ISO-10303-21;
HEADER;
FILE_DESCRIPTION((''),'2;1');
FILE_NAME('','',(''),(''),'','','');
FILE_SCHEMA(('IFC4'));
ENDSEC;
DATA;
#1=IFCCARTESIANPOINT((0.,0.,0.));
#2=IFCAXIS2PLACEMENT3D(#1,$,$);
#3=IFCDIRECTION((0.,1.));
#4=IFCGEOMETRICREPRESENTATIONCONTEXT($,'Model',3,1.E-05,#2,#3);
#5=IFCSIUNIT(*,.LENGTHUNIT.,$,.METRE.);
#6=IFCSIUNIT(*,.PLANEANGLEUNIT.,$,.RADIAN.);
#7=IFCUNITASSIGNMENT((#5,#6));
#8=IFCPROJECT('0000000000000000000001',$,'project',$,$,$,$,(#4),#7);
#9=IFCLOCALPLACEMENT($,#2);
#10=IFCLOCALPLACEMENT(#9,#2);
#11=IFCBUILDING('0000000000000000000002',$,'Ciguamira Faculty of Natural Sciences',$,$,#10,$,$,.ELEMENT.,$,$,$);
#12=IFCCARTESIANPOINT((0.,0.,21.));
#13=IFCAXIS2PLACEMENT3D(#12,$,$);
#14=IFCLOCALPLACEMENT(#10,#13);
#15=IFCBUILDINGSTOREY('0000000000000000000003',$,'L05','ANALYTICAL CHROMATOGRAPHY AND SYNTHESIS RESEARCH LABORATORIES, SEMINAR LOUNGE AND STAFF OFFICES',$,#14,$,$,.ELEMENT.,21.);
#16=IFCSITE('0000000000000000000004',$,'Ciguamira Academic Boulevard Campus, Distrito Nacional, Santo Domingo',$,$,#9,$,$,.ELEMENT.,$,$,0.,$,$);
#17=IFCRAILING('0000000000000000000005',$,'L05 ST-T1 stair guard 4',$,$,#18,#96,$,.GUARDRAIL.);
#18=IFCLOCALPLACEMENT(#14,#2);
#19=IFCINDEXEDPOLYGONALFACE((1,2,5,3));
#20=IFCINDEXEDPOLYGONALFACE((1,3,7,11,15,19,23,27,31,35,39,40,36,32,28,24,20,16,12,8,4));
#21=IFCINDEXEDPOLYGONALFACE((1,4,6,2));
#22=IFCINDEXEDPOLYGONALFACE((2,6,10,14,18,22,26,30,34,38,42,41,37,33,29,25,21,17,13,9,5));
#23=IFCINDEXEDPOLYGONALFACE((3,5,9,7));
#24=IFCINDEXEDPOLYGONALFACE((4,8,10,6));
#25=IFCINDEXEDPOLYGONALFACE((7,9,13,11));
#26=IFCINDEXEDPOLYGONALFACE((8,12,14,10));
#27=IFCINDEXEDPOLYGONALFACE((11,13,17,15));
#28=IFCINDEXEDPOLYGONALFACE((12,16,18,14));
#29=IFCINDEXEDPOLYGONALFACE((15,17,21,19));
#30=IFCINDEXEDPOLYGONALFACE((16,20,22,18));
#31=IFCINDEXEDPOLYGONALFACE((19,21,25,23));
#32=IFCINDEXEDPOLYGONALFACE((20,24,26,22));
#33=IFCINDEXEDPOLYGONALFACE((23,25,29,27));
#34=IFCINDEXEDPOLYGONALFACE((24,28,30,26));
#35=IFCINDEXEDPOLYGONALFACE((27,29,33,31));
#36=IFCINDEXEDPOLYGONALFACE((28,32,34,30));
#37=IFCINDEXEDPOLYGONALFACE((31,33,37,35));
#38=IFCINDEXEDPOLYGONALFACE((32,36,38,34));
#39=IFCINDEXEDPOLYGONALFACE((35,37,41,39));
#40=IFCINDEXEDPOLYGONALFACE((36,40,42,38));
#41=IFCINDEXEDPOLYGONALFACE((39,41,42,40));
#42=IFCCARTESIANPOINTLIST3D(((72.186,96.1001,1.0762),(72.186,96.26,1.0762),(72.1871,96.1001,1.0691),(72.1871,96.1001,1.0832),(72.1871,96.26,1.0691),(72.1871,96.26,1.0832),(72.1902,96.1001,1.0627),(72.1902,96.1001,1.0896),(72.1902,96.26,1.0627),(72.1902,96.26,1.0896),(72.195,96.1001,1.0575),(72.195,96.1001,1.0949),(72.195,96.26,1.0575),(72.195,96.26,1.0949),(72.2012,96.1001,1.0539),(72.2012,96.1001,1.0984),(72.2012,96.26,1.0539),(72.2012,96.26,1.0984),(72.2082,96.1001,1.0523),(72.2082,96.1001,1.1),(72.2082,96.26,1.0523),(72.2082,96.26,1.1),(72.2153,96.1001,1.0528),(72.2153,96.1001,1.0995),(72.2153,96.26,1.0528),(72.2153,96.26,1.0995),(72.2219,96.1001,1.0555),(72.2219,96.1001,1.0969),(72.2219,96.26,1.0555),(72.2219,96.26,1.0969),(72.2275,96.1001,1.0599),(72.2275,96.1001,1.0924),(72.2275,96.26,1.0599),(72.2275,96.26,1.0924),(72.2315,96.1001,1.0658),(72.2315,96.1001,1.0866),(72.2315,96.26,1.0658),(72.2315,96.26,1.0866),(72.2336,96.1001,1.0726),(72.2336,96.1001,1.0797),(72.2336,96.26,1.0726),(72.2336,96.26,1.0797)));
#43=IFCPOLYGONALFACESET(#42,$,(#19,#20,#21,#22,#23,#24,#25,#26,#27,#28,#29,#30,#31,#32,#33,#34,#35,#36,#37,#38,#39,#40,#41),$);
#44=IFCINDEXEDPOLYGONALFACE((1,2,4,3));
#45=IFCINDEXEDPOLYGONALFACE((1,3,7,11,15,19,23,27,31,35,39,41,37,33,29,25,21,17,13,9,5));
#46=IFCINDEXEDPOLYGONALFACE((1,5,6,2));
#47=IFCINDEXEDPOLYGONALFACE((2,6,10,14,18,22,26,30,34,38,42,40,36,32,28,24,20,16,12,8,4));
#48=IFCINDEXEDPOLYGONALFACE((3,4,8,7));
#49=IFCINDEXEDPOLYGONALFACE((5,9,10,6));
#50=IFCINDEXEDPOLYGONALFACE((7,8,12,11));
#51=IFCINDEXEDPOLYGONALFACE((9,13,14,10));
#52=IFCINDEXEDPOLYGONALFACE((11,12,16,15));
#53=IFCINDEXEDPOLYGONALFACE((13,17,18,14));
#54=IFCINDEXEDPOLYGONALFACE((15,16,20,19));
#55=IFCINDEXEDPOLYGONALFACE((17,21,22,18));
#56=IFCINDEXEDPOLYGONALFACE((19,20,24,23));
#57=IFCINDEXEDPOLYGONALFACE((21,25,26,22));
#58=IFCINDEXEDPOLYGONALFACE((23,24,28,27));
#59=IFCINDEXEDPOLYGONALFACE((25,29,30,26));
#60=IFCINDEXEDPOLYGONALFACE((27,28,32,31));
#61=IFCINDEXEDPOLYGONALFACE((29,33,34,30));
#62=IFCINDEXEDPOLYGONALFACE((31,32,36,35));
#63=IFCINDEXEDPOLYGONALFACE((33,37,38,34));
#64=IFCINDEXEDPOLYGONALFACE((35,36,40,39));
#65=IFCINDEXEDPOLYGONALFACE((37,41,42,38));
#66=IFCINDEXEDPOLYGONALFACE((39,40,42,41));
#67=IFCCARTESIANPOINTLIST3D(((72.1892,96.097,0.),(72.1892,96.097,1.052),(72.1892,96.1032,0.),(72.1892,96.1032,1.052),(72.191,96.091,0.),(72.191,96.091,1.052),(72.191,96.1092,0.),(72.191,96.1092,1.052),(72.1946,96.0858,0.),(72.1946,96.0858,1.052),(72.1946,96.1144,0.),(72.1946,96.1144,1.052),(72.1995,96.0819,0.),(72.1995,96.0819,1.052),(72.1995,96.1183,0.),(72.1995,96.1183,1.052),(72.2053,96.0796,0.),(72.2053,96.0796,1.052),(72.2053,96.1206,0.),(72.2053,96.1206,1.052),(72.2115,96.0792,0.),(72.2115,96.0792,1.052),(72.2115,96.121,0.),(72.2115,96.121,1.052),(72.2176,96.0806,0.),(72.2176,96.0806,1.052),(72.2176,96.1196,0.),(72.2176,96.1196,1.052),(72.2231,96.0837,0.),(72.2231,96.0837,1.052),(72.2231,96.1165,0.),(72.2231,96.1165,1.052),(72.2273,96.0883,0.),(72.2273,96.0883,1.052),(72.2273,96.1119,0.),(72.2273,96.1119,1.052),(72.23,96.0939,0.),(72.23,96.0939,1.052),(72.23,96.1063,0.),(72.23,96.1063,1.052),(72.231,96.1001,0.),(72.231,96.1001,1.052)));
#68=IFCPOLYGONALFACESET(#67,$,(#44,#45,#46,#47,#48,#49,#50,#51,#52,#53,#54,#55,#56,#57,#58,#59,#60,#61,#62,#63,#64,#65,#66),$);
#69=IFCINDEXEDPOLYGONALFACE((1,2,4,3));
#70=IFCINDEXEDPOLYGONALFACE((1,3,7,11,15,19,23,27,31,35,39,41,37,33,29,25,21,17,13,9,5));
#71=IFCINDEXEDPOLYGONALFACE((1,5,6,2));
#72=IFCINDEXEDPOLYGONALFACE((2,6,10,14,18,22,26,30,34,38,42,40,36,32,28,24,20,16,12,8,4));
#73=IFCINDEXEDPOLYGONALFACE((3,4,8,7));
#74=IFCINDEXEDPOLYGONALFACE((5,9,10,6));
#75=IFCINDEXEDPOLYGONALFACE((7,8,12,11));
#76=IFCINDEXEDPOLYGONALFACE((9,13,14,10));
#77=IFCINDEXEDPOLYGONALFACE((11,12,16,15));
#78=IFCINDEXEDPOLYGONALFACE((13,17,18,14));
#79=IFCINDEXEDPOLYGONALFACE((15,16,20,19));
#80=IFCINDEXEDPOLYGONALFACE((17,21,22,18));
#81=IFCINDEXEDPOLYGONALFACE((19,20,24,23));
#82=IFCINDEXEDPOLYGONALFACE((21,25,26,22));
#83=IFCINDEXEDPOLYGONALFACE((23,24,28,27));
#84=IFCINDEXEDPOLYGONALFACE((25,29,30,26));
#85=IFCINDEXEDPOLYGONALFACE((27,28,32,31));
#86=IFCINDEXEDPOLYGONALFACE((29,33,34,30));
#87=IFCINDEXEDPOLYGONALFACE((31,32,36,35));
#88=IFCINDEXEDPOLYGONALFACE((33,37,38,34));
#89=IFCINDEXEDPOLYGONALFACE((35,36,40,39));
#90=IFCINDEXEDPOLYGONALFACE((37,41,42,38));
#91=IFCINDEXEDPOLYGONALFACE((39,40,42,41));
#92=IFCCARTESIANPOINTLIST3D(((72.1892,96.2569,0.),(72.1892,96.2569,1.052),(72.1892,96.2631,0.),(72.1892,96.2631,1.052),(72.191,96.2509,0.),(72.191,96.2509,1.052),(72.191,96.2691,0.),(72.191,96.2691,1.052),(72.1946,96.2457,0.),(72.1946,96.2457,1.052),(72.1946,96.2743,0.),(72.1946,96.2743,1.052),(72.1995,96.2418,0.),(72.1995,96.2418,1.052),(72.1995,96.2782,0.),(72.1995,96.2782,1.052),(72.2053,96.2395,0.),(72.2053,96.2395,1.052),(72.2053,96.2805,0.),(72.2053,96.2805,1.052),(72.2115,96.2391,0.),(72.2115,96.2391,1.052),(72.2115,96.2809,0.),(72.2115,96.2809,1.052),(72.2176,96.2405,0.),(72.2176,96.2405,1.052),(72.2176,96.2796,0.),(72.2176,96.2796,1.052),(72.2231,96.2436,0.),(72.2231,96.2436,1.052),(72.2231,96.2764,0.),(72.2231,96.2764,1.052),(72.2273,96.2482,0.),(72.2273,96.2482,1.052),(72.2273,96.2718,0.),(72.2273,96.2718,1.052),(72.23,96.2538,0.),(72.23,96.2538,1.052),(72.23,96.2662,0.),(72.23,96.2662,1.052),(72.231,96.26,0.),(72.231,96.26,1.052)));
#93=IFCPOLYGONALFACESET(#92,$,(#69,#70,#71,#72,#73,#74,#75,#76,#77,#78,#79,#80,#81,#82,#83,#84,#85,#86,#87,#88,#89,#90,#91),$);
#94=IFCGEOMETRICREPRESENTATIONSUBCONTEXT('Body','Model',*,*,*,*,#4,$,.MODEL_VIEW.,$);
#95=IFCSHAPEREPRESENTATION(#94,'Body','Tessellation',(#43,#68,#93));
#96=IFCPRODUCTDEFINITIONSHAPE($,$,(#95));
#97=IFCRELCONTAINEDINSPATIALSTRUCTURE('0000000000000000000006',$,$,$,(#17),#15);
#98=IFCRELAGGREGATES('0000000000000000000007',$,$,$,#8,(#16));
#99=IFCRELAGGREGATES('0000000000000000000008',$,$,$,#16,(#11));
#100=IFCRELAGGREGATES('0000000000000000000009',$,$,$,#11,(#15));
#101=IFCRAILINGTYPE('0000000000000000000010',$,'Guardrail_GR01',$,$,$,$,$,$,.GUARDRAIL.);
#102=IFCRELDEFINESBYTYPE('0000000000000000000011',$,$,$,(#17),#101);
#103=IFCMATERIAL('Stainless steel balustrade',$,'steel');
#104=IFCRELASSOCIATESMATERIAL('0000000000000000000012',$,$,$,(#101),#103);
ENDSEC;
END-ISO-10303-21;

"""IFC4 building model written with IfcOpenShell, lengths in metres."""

from ifc_helpers import new_model, si_unit, direction, frame, origin, origin_2d, place, context, subcontext, project, spatial, circle, extrude, material, type_object, element, save


model = new_model("IFC4")

# Units and contexts
model_context = context("Model", 3, precision=1e-05, world=origin(), true_north=direction((0.0, 1.0)))
body_context = subcontext(model_context, "Body", "Model", "MODEL_VIEW")
ifc_project = project(units=[si_unit("LENGTHUNIT", "METRE"), si_unit("PLANEANGLEUNIT", "RADIAN")], contexts=[model_context])

# Site, building, storey
site_placement = place(None, origin())
site = spatial("IfcSite", under=ifc_project, at=site_placement, Name="Ciguamira Academic Boulevard Campus, Distrito Nacional, Santo Domingo", CompositionType="ELEMENT", RefElevation=0.0)
building_placement = place(site_placement, origin())
building = spatial("IfcBuilding", under=site, at=building_placement, Name="Ciguamira Faculty of Natural Sciences", CompositionType="ELEMENT")
storey_placement = place(building_placement, frame((0.0, 0.0, 21.0)))
storey = spatial("IfcBuildingStorey", under=building, at=storey_placement, Name="L05", Description="ANALYTICAL CHROMATOGRAPHY AND SYNTHESIS RESEARCH LABORATORIES, SEMINAR LOUNGE AND STAFF OFFICES", CompositionType="ELEMENT", Elevation=21.0)

# Railing
ifc_material_1 = material(Name="Stainless steel balustrade", Category="steel")
railing_type_1 = type_object("IfcRailingType", Name="Guardrail_GR01", PredefinedType="GUARDRAIL", material=ifc_material_1)
railing_1_placement = place(storey_placement, frame((72.21, 96.1001, 0.0)))
element("IfcRailing", 1, at=railing_1_placement, inside=storey, type_object=railing_type_1, Name="L05 ST-T1 stair guard 4", PredefinedType="GUARDRAIL", context=body_context, shape_type="SweptSolid", body=[
    extrude(circle(Radius=0.0239, at=origin_2d()), frame((0.0, 0.0, 1.0762), z_axis=(0.0, 1.0, 0.0), x_axis=(-1.0, 0.0, 0.0)), (0.0, 0.0, 1.0), 0.1599),
    extrude(circle(Radius=0.021, at=origin_2d()), origin(), (0.0, 0.0, 1.0), 1.052),
    extrude(circle(Radius=0.021, at=origin_2d()), frame((0.0, 0.1599, 0.0)), (0.0, 0.0, 1.0), 1.052),
])

save(model, "model.ifc")
